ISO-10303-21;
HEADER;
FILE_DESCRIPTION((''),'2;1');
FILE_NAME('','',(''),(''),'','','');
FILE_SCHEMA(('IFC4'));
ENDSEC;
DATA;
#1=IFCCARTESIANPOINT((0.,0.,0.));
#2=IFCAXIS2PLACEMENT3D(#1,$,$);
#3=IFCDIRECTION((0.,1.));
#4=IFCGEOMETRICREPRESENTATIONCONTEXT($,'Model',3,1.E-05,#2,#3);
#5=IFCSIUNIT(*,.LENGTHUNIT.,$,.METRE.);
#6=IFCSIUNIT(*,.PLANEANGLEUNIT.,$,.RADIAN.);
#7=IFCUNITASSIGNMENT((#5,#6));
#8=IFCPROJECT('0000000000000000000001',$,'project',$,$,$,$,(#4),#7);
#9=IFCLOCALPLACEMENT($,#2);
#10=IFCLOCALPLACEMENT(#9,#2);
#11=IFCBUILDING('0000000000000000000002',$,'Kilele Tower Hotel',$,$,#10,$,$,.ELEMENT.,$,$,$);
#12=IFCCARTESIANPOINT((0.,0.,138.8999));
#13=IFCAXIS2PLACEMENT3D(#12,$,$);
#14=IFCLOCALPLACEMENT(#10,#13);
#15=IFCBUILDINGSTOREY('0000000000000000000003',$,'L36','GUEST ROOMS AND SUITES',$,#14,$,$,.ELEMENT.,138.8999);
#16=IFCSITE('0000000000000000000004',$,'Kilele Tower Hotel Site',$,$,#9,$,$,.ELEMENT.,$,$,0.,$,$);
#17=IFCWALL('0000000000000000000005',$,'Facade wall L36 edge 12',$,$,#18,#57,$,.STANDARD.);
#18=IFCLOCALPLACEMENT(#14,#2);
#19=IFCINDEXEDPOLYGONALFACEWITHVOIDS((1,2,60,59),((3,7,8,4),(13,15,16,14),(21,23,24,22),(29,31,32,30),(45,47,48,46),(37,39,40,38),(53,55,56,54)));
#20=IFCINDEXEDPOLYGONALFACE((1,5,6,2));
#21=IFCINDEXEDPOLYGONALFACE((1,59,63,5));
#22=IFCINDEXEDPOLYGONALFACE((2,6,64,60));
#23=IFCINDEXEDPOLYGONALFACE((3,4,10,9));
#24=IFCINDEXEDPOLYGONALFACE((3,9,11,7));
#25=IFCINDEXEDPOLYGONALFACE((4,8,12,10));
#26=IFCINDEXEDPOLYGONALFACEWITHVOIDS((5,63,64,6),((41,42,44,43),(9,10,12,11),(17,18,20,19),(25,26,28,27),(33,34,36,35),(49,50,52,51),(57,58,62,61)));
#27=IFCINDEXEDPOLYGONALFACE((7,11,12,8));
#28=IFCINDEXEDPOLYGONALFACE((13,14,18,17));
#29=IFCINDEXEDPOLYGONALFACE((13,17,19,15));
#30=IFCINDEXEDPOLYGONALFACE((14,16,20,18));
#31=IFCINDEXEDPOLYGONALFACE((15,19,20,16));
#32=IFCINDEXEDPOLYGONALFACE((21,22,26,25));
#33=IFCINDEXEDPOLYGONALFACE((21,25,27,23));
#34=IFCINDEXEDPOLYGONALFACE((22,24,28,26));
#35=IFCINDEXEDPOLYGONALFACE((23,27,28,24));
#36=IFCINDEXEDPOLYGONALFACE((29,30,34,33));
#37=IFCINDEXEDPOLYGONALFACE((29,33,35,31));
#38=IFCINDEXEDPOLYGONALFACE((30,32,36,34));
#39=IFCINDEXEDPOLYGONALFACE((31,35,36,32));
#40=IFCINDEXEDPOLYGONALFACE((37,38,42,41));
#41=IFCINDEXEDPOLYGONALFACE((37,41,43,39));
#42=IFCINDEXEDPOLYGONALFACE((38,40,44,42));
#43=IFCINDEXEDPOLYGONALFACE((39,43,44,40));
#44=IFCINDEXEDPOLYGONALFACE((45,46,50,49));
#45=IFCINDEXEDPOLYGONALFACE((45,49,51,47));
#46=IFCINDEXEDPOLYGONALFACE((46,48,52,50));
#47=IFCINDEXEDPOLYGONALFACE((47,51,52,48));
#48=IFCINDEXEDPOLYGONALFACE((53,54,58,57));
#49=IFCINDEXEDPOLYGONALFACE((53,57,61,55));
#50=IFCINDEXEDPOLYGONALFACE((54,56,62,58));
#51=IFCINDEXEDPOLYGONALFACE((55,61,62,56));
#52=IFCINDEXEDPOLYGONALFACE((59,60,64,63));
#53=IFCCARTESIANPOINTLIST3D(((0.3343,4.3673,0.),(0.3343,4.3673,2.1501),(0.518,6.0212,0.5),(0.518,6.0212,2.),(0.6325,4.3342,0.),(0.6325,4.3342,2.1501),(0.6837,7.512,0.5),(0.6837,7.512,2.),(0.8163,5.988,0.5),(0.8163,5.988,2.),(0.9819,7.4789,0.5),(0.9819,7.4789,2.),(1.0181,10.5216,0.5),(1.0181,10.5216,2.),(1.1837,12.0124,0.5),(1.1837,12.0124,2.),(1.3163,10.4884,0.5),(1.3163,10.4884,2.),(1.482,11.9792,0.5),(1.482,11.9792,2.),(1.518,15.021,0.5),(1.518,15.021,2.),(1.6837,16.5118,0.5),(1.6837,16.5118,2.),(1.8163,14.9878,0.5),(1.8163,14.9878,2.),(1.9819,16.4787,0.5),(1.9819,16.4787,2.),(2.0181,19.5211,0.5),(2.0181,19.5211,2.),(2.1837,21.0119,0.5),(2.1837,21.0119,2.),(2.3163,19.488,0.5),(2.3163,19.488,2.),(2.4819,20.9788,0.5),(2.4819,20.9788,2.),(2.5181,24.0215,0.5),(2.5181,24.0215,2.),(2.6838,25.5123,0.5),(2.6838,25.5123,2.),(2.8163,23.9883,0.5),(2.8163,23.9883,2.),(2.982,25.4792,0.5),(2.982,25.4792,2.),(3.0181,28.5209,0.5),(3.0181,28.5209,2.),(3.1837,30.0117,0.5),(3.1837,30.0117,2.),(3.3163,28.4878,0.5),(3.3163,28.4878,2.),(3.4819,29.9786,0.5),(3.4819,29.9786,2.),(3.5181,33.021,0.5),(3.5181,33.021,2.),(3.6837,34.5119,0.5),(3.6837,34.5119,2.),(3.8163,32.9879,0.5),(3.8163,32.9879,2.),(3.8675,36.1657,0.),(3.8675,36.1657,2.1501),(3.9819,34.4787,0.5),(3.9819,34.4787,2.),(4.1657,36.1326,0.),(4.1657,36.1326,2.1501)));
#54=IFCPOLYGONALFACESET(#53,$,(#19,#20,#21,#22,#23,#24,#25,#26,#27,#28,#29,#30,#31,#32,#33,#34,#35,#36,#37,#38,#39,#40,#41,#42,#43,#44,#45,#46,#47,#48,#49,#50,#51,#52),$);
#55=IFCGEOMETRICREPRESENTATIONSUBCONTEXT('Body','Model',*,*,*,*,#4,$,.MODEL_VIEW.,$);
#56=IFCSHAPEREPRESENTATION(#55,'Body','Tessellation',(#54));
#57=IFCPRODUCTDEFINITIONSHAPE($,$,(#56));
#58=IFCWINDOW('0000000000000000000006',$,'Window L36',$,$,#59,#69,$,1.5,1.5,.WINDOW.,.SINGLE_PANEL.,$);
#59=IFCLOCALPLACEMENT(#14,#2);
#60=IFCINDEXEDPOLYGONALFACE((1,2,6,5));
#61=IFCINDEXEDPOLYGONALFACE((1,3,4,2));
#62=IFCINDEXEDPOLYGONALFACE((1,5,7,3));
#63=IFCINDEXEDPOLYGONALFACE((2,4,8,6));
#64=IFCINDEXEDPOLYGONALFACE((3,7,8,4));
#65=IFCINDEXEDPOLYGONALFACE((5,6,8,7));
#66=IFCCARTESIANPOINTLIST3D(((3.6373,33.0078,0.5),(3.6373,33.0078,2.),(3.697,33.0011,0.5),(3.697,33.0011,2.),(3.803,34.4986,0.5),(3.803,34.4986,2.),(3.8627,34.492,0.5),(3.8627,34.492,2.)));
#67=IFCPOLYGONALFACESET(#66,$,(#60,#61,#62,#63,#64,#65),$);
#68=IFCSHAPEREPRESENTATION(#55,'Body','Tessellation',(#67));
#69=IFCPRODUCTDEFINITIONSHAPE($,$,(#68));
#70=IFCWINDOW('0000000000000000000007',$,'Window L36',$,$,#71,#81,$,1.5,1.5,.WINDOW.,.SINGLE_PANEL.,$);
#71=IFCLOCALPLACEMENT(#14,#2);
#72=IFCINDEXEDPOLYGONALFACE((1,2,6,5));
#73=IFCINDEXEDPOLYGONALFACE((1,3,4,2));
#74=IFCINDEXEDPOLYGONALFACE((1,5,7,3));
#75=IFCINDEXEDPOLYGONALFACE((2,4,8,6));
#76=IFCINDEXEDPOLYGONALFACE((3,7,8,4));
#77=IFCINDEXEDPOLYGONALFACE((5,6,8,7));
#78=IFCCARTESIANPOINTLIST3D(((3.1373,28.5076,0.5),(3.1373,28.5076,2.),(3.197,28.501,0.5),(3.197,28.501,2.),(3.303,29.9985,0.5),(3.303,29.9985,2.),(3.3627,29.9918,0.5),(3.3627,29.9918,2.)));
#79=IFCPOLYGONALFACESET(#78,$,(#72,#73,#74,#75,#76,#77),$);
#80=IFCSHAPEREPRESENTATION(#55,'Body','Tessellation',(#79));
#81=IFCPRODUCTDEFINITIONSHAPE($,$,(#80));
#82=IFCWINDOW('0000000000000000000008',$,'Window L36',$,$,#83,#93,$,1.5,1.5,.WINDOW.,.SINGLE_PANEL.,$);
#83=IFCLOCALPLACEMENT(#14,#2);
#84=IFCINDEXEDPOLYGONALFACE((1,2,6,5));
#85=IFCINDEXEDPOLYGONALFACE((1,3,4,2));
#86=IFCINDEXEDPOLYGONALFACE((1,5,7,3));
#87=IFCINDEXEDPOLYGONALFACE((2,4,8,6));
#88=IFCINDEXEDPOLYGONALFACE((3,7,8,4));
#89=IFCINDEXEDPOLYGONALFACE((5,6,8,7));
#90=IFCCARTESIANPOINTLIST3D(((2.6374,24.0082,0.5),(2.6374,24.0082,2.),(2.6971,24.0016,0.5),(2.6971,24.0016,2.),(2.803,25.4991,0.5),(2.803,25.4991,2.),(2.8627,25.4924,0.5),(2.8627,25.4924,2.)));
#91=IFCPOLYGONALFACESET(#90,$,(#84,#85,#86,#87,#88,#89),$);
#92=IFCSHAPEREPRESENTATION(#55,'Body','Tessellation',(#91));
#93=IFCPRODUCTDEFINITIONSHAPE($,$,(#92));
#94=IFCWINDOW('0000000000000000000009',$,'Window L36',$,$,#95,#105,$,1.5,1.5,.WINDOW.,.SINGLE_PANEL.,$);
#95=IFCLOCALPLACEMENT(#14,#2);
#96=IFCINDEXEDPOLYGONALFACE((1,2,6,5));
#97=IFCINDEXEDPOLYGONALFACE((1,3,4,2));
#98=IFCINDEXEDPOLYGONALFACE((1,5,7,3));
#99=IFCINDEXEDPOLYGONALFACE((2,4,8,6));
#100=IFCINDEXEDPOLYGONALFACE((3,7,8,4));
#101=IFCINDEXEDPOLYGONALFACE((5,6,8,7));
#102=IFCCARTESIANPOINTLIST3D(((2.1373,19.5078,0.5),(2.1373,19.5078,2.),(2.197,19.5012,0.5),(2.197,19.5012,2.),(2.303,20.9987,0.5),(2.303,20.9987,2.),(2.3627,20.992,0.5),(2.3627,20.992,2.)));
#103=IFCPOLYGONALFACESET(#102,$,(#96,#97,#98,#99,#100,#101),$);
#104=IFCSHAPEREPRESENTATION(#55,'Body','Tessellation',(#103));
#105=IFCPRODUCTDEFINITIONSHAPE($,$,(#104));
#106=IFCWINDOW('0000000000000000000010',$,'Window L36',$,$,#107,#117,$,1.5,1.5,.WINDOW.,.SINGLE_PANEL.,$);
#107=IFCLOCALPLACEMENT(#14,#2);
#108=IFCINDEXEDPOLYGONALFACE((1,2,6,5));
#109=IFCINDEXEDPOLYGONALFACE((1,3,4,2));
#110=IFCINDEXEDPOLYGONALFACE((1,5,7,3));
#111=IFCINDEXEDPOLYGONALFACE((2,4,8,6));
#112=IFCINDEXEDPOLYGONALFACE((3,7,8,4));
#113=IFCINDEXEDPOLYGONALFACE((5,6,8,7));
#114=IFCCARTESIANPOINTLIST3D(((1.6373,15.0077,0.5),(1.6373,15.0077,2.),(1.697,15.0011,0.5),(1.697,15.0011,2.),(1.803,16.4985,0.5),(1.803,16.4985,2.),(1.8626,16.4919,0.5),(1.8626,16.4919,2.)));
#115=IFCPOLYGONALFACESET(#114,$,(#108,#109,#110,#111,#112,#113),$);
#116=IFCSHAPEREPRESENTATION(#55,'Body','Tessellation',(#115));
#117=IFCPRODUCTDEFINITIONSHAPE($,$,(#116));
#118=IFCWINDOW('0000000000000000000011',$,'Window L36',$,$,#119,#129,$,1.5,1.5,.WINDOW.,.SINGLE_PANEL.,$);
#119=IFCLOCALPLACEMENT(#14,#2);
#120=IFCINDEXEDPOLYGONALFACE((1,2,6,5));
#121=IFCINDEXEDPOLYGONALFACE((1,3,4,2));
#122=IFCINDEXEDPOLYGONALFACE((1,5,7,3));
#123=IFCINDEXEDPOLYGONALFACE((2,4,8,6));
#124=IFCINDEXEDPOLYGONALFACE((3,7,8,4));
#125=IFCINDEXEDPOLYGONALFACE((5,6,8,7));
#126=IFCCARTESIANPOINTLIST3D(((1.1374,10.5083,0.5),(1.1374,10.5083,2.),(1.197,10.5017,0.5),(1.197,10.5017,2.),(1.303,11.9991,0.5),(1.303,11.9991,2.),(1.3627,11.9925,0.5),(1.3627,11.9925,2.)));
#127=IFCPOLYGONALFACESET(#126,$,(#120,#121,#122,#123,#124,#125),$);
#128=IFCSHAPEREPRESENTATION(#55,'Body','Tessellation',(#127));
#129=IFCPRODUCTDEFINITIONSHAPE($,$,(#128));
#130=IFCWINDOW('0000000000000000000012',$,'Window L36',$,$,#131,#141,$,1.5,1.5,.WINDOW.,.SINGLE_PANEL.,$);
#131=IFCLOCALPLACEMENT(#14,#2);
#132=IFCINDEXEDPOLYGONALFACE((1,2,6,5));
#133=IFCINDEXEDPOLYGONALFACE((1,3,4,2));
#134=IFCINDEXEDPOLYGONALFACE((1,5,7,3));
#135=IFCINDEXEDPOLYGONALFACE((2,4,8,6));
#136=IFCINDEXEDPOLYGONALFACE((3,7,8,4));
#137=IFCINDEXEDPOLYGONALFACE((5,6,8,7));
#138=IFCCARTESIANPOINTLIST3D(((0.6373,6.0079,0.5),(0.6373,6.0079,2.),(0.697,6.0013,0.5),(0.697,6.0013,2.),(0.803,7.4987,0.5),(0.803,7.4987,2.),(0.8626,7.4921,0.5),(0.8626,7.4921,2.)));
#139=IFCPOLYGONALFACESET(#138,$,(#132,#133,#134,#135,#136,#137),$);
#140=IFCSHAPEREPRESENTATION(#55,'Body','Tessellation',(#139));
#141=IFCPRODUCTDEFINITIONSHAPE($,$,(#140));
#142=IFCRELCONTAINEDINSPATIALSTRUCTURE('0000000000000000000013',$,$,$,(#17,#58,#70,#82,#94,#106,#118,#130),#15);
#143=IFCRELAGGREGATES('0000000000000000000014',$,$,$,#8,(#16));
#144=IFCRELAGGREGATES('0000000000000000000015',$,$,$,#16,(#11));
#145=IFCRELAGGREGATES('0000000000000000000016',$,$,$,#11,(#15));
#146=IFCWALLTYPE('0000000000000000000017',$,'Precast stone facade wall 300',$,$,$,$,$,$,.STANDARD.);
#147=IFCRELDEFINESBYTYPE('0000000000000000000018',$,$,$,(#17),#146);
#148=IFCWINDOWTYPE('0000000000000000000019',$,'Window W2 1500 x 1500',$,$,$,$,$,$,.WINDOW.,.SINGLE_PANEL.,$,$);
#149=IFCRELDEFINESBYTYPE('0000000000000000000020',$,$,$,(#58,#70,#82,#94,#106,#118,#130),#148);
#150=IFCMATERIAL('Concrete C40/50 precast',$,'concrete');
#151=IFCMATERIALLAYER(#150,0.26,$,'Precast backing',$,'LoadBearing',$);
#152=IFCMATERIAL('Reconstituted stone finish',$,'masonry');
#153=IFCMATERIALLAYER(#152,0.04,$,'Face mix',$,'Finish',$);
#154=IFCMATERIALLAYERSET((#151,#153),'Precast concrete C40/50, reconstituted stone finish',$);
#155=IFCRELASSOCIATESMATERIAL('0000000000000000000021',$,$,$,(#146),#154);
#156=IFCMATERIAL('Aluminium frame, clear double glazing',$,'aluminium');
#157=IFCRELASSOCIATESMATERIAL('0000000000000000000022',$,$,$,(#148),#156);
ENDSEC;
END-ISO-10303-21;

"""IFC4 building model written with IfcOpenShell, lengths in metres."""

from ifc_helpers import new_model, si_unit, direction, frame, frame_2d, origin, place, context, subcontext, project, spatial, rectangle, extrude, material, layer, layer_set, type_object, element, fill, save


model = new_model("IFC4")

# Units and contexts
model_context = context("Model", 3, precision=1e-05, world=origin(), true_north=direction((0.0, 1.0)))
body_context = subcontext(model_context, "Body", "Model", "MODEL_VIEW")
ifc_project = project(units=[si_unit("LENGTHUNIT", "METRE"), si_unit("PLANEANGLEUNIT", "RADIAN")], contexts=[model_context])

# Site, building, storey
site_placement = place(None, origin())
site = spatial("IfcSite", under=ifc_project, at=site_placement, Name="Kilele Tower Hotel Site", CompositionType="ELEMENT", RefElevation=0.0)
building_placement = place(site_placement, origin())
building = spatial("IfcBuilding", under=site, at=building_placement, Name="Kilele Tower Hotel", CompositionType="ELEMENT")
storey_placement = place(building_placement, frame((0.0, 0.0, 138.8999)))
storey = spatial("IfcBuildingStorey", under=building, at=storey_placement, Name="L36", Description="GUEST ROOMS AND SUITES", CompositionType="ELEMENT", Elevation=138.8999)

# Shared definitions
ifc_material_1 = material(Name="Concrete C40/50 precast", Category="concrete")
ifc_layer_1 = layer(ifc_material_1, 0.26, Name="Precast backing", Category="LoadBearing")
ifc_material_2 = material(Name="Reconstituted stone finish", Category="masonry")
ifc_layer_2 = layer(ifc_material_2, 0.04, Name="Face mix", Category="Finish")
ifc_layer_set_1 = layer_set([ifc_layer_1, ifc_layer_2], Name="Precast concrete C40/50, reconstituted stone finish")
wall_type_1 = type_object("IfcWallType", Name="Precast stone facade wall 300", PredefinedType="STANDARD", material=ifc_layer_set_1)
ifc_material_3 = material(Name="Aluminium frame, clear double glazing", Category="aluminium")
window_type_1 = type_object("IfcWindowType", Name="Window W2 1500 x 1500", PartitioningType="SINGLE_PANEL", PredefinedType="WINDOW", material=ifc_material_3)

# Wall, openings, windows
wall_1_placement = place(storey_placement, frame((4.0166, 36.1492, 0.0), z_axis=(0.0, 0.0, 1.0), x_axis=(-0.110433, -0.993884, 0.0)))
wall_1 = element("IfcWall", 1, at=wall_1_placement, inside=storey, type_object=wall_type_1, Name="Facade wall L36 edge 12", PredefinedType="STANDARD", context=body_context, shape_type="SweptSolid", body=[
    extrude(rectangle(XDim=31.9941, YDim=0.3, at=frame_2d((15.9971, 0.0))), origin(), (0.0, 0.0, 1.0), 2.1501),
])
opening_1_placement = place(wall_1_placement, frame((1.6641, 0.0, 0.5)))
opening_1 = element("IfcOpeningElement", 2, at=opening_1_placement, cuts=wall_1, PredefinedType="OPENING", context=body_context, shape_type="SweptSolid", body=[
    extrude(rectangle(XDim=1.5, YDim=1.5, at=frame_2d((0.75, 0.75))), frame((0.0, 0.1599, 0.0), z_axis=(0.0, -1.0, 0.0), x_axis=(1.0, 0.0, 0.0)), (0.0, 0.0, 1.0), 0.3201),
])
opening_2_placement = place(wall_1_placement, frame((6.1919, 0.0, 0.5)))
opening_2 = element("IfcOpeningElement", 3, at=opening_2_placement, cuts=wall_1, PredefinedType="OPENING", context=body_context, shape_type="SweptSolid", body=[
    extrude(rectangle(XDim=1.5, YDim=1.5, at=frame_2d((0.75, 0.75))), frame((0.0, 0.1599, 0.0), z_axis=(0.0, -1.0, 0.0), x_axis=(1.0, 0.0, 0.0)), (0.0, 0.0, 1.0), 0.3201),
])
opening_3_placement = place(wall_1_placement, frame((10.719, 0.0, 0.5)))
opening_3 = element("IfcOpeningElement", 4, at=opening_3_placement, cuts=wall_1, PredefinedType="OPENING", context=body_context, shape_type="SweptSolid", body=[
    extrude(rectangle(XDim=1.5, YDim=1.5, at=frame_2d((0.75, 0.75))), frame((0.0, 0.1599, 0.0), z_axis=(0.0, -1.0, 0.0), x_axis=(1.0, 0.0, 0.0)), (0.0, 0.0, 1.0), 0.3201),
])
opening_4_placement = place(wall_1_placement, frame((15.2471, 0.0, 0.5)))
opening_4 = element("IfcOpeningElement", 5, at=opening_4_placement, cuts=wall_1, PredefinedType="OPENING", context=body_context, shape_type="SweptSolid", body=[
    extrude(rectangle(XDim=1.5, YDim=1.5, at=frame_2d((0.75, 0.75))), frame((0.0, 0.1599, 0.0), z_axis=(0.0, -1.0, 0.0), x_axis=(1.0, 0.0, 0.0)), (0.0, 0.0, 1.0), 0.3201),
])
opening_5_placement = place(wall_1_placement, frame((19.7749, 0.0, 0.5)))
opening_5 = element("IfcOpeningElement", 6, at=opening_5_placement, cuts=wall_1, PredefinedType="OPENING", context=body_context, shape_type="SweptSolid", body=[
    extrude(rectangle(XDim=1.5, YDim=1.5, at=frame_2d((0.75, 0.75))), frame((0.0, 0.1599, 0.0), z_axis=(0.0, -1.0, 0.0), x_axis=(1.0, 0.0, 0.0)), (0.0, 0.0, 1.0), 0.3201),
])
opening_6_placement = place(wall_1_placement, frame((24.302, 0.0, 0.5)))
opening_6 = element("IfcOpeningElement", 7, at=opening_6_placement, cuts=wall_1, PredefinedType="OPENING", context=body_context, shape_type="SweptSolid", body=[
    extrude(rectangle(XDim=1.5, YDim=1.5, at=frame_2d((0.75, 0.75))), frame((0.0, 0.1599, 0.0), z_axis=(0.0, -1.0, 0.0), x_axis=(1.0, 0.0, 0.0)), (0.0, 0.0, 1.0), 0.3201),
])
opening_7_placement = place(wall_1_placement, frame((28.8301, 0.0, 0.5)))
opening_7 = element("IfcOpeningElement", 8, at=opening_7_placement, cuts=wall_1, PredefinedType="OPENING", context=body_context, shape_type="SweptSolid", body=[
    extrude(rectangle(XDim=1.5, YDim=1.5, at=frame_2d((0.75, 0.75))), frame((0.0, 0.1599, 0.0), z_axis=(0.0, -1.0, 0.0), x_axis=(1.0, 0.0, 0.0)), (0.0, 0.0, 1.0), 0.3201),
])
window_1_placement = place(opening_1_placement, origin())
window_1 = element("IfcWindow", 9, at=window_1_placement, inside=storey, type_object=window_type_1, Name="Window L36", OverallHeight=1.5, OverallWidth=1.5, PartitioningType="SINGLE_PANEL", PredefinedType="WINDOW", context=body_context, shape_type="SweptSolid", body=[
    extrude(rectangle(XDim=1.5, YDim=1.5, at=frame_2d((0.75, 0.75))), frame((0.0, 0.03, 0.0), z_axis=(0.0, -1.0, 0.0), x_axis=(1.0, 0.0, 0.0)), (0.0, 0.0, 1.0), 0.0601),
])
fill(opening_1, window_1)
window_2_placement = place(opening_2_placement, origin())
window_2 = element("IfcWindow", 10, at=window_2_placement, inside=storey, type_object=window_type_1, Name="Window L36", OverallHeight=1.5, OverallWidth=1.5, PartitioningType="SINGLE_PANEL", PredefinedType="WINDOW", context=body_context, shape_type="SweptSolid", body=[
    extrude(rectangle(XDim=1.5, YDim=1.5, at=frame_2d((0.75, 0.75))), frame((0.0, 0.03, 0.0), z_axis=(0.0, -1.0, 0.0), x_axis=(1.0, 0.0, 0.0)), (0.0, 0.0, 1.0), 0.0601),
])
fill(opening_2, window_2)
window_3_placement = place(opening_3_placement, origin())
window_3 = element("IfcWindow", 11, at=window_3_placement, inside=storey, type_object=window_type_1, Name="Window L36", OverallHeight=1.5, OverallWidth=1.5, PartitioningType="SINGLE_PANEL", PredefinedType="WINDOW", context=body_context, shape_type="SweptSolid", body=[
    extrude(rectangle(XDim=1.5, YDim=1.5, at=frame_2d((0.75, 0.75))), frame((0.0, 0.03, 0.0), z_axis=(0.0, -1.0, 0.0), x_axis=(1.0, 0.0, 0.0)), (0.0, 0.0, 1.0), 0.0601),
])
fill(opening_3, window_3)
window_4_placement = place(opening_4_placement, origin())
window_4 = element("IfcWindow", 12, at=window_4_placement, inside=storey, type_object=window_type_1, Name="Window L36", OverallHeight=1.5, OverallWidth=1.5, PartitioningType="SINGLE_PANEL", PredefinedType="WINDOW", context=body_context, shape_type="SweptSolid", body=[
    extrude(rectangle(XDim=1.5, YDim=1.5, at=frame_2d((0.75, 0.75))), frame((0.0, 0.03, 0.0), z_axis=(0.0, -1.0, 0.0), x_axis=(1.0, 0.0, 0.0)), (0.0, 0.0, 1.0), 0.0601),
])
fill(opening_4, window_4)
window_5_placement = place(opening_5_placement, origin())
window_5 = element("IfcWindow", 13, at=window_5_placement, inside=storey, type_object=window_type_1, Name="Window L36", OverallHeight=1.5, OverallWidth=1.5, PartitioningType="SINGLE_PANEL", PredefinedType="WINDOW", context=body_context, shape_type="SweptSolid", body=[
    extrude(rectangle(XDim=1.5, YDim=1.5, at=frame_2d((0.75, 0.75))), frame((0.0, 0.03, 0.0), z_axis=(0.0, -1.0, 0.0), x_axis=(1.0, 0.0, 0.0)), (0.0, 0.0, 1.0), 0.0601),
])
fill(opening_5, window_5)
window_6_placement = place(opening_6_placement, origin())
window_6 = element("IfcWindow", 14, at=window_6_placement, inside=storey, type_object=window_type_1, Name="Window L36", OverallHeight=1.5, OverallWidth=1.5, PartitioningType="SINGLE_PANEL", PredefinedType="WINDOW", context=body_context, shape_type="SweptSolid", body=[
    extrude(rectangle(XDim=1.5, YDim=1.5, at=frame_2d((0.75, 0.75))), frame((0.0, 0.03, 0.0), z_axis=(0.0, -1.0, 0.0), x_axis=(1.0, 0.0, 0.0)), (0.0, 0.0, 1.0), 0.0601),
])
fill(opening_6, window_6)
window_7_placement = place(opening_7_placement, origin())
window_7 = element("IfcWindow", 15, at=window_7_placement, inside=storey, type_object=window_type_1, Name="Window L36", OverallHeight=1.5, OverallWidth=1.5, PartitioningType="SINGLE_PANEL", PredefinedType="WINDOW", context=body_context, shape_type="SweptSolid", body=[
    extrude(rectangle(XDim=1.5, YDim=1.5, at=frame_2d((0.75, 0.75))), frame((0.0, 0.03, 0.0), z_axis=(0.0, -1.0, 0.0), x_axis=(1.0, 0.0, 0.0)), (0.0, 0.0, 1.0), 0.0601),
])
fill(opening_7, window_7)

save(model, "model.ifc")
